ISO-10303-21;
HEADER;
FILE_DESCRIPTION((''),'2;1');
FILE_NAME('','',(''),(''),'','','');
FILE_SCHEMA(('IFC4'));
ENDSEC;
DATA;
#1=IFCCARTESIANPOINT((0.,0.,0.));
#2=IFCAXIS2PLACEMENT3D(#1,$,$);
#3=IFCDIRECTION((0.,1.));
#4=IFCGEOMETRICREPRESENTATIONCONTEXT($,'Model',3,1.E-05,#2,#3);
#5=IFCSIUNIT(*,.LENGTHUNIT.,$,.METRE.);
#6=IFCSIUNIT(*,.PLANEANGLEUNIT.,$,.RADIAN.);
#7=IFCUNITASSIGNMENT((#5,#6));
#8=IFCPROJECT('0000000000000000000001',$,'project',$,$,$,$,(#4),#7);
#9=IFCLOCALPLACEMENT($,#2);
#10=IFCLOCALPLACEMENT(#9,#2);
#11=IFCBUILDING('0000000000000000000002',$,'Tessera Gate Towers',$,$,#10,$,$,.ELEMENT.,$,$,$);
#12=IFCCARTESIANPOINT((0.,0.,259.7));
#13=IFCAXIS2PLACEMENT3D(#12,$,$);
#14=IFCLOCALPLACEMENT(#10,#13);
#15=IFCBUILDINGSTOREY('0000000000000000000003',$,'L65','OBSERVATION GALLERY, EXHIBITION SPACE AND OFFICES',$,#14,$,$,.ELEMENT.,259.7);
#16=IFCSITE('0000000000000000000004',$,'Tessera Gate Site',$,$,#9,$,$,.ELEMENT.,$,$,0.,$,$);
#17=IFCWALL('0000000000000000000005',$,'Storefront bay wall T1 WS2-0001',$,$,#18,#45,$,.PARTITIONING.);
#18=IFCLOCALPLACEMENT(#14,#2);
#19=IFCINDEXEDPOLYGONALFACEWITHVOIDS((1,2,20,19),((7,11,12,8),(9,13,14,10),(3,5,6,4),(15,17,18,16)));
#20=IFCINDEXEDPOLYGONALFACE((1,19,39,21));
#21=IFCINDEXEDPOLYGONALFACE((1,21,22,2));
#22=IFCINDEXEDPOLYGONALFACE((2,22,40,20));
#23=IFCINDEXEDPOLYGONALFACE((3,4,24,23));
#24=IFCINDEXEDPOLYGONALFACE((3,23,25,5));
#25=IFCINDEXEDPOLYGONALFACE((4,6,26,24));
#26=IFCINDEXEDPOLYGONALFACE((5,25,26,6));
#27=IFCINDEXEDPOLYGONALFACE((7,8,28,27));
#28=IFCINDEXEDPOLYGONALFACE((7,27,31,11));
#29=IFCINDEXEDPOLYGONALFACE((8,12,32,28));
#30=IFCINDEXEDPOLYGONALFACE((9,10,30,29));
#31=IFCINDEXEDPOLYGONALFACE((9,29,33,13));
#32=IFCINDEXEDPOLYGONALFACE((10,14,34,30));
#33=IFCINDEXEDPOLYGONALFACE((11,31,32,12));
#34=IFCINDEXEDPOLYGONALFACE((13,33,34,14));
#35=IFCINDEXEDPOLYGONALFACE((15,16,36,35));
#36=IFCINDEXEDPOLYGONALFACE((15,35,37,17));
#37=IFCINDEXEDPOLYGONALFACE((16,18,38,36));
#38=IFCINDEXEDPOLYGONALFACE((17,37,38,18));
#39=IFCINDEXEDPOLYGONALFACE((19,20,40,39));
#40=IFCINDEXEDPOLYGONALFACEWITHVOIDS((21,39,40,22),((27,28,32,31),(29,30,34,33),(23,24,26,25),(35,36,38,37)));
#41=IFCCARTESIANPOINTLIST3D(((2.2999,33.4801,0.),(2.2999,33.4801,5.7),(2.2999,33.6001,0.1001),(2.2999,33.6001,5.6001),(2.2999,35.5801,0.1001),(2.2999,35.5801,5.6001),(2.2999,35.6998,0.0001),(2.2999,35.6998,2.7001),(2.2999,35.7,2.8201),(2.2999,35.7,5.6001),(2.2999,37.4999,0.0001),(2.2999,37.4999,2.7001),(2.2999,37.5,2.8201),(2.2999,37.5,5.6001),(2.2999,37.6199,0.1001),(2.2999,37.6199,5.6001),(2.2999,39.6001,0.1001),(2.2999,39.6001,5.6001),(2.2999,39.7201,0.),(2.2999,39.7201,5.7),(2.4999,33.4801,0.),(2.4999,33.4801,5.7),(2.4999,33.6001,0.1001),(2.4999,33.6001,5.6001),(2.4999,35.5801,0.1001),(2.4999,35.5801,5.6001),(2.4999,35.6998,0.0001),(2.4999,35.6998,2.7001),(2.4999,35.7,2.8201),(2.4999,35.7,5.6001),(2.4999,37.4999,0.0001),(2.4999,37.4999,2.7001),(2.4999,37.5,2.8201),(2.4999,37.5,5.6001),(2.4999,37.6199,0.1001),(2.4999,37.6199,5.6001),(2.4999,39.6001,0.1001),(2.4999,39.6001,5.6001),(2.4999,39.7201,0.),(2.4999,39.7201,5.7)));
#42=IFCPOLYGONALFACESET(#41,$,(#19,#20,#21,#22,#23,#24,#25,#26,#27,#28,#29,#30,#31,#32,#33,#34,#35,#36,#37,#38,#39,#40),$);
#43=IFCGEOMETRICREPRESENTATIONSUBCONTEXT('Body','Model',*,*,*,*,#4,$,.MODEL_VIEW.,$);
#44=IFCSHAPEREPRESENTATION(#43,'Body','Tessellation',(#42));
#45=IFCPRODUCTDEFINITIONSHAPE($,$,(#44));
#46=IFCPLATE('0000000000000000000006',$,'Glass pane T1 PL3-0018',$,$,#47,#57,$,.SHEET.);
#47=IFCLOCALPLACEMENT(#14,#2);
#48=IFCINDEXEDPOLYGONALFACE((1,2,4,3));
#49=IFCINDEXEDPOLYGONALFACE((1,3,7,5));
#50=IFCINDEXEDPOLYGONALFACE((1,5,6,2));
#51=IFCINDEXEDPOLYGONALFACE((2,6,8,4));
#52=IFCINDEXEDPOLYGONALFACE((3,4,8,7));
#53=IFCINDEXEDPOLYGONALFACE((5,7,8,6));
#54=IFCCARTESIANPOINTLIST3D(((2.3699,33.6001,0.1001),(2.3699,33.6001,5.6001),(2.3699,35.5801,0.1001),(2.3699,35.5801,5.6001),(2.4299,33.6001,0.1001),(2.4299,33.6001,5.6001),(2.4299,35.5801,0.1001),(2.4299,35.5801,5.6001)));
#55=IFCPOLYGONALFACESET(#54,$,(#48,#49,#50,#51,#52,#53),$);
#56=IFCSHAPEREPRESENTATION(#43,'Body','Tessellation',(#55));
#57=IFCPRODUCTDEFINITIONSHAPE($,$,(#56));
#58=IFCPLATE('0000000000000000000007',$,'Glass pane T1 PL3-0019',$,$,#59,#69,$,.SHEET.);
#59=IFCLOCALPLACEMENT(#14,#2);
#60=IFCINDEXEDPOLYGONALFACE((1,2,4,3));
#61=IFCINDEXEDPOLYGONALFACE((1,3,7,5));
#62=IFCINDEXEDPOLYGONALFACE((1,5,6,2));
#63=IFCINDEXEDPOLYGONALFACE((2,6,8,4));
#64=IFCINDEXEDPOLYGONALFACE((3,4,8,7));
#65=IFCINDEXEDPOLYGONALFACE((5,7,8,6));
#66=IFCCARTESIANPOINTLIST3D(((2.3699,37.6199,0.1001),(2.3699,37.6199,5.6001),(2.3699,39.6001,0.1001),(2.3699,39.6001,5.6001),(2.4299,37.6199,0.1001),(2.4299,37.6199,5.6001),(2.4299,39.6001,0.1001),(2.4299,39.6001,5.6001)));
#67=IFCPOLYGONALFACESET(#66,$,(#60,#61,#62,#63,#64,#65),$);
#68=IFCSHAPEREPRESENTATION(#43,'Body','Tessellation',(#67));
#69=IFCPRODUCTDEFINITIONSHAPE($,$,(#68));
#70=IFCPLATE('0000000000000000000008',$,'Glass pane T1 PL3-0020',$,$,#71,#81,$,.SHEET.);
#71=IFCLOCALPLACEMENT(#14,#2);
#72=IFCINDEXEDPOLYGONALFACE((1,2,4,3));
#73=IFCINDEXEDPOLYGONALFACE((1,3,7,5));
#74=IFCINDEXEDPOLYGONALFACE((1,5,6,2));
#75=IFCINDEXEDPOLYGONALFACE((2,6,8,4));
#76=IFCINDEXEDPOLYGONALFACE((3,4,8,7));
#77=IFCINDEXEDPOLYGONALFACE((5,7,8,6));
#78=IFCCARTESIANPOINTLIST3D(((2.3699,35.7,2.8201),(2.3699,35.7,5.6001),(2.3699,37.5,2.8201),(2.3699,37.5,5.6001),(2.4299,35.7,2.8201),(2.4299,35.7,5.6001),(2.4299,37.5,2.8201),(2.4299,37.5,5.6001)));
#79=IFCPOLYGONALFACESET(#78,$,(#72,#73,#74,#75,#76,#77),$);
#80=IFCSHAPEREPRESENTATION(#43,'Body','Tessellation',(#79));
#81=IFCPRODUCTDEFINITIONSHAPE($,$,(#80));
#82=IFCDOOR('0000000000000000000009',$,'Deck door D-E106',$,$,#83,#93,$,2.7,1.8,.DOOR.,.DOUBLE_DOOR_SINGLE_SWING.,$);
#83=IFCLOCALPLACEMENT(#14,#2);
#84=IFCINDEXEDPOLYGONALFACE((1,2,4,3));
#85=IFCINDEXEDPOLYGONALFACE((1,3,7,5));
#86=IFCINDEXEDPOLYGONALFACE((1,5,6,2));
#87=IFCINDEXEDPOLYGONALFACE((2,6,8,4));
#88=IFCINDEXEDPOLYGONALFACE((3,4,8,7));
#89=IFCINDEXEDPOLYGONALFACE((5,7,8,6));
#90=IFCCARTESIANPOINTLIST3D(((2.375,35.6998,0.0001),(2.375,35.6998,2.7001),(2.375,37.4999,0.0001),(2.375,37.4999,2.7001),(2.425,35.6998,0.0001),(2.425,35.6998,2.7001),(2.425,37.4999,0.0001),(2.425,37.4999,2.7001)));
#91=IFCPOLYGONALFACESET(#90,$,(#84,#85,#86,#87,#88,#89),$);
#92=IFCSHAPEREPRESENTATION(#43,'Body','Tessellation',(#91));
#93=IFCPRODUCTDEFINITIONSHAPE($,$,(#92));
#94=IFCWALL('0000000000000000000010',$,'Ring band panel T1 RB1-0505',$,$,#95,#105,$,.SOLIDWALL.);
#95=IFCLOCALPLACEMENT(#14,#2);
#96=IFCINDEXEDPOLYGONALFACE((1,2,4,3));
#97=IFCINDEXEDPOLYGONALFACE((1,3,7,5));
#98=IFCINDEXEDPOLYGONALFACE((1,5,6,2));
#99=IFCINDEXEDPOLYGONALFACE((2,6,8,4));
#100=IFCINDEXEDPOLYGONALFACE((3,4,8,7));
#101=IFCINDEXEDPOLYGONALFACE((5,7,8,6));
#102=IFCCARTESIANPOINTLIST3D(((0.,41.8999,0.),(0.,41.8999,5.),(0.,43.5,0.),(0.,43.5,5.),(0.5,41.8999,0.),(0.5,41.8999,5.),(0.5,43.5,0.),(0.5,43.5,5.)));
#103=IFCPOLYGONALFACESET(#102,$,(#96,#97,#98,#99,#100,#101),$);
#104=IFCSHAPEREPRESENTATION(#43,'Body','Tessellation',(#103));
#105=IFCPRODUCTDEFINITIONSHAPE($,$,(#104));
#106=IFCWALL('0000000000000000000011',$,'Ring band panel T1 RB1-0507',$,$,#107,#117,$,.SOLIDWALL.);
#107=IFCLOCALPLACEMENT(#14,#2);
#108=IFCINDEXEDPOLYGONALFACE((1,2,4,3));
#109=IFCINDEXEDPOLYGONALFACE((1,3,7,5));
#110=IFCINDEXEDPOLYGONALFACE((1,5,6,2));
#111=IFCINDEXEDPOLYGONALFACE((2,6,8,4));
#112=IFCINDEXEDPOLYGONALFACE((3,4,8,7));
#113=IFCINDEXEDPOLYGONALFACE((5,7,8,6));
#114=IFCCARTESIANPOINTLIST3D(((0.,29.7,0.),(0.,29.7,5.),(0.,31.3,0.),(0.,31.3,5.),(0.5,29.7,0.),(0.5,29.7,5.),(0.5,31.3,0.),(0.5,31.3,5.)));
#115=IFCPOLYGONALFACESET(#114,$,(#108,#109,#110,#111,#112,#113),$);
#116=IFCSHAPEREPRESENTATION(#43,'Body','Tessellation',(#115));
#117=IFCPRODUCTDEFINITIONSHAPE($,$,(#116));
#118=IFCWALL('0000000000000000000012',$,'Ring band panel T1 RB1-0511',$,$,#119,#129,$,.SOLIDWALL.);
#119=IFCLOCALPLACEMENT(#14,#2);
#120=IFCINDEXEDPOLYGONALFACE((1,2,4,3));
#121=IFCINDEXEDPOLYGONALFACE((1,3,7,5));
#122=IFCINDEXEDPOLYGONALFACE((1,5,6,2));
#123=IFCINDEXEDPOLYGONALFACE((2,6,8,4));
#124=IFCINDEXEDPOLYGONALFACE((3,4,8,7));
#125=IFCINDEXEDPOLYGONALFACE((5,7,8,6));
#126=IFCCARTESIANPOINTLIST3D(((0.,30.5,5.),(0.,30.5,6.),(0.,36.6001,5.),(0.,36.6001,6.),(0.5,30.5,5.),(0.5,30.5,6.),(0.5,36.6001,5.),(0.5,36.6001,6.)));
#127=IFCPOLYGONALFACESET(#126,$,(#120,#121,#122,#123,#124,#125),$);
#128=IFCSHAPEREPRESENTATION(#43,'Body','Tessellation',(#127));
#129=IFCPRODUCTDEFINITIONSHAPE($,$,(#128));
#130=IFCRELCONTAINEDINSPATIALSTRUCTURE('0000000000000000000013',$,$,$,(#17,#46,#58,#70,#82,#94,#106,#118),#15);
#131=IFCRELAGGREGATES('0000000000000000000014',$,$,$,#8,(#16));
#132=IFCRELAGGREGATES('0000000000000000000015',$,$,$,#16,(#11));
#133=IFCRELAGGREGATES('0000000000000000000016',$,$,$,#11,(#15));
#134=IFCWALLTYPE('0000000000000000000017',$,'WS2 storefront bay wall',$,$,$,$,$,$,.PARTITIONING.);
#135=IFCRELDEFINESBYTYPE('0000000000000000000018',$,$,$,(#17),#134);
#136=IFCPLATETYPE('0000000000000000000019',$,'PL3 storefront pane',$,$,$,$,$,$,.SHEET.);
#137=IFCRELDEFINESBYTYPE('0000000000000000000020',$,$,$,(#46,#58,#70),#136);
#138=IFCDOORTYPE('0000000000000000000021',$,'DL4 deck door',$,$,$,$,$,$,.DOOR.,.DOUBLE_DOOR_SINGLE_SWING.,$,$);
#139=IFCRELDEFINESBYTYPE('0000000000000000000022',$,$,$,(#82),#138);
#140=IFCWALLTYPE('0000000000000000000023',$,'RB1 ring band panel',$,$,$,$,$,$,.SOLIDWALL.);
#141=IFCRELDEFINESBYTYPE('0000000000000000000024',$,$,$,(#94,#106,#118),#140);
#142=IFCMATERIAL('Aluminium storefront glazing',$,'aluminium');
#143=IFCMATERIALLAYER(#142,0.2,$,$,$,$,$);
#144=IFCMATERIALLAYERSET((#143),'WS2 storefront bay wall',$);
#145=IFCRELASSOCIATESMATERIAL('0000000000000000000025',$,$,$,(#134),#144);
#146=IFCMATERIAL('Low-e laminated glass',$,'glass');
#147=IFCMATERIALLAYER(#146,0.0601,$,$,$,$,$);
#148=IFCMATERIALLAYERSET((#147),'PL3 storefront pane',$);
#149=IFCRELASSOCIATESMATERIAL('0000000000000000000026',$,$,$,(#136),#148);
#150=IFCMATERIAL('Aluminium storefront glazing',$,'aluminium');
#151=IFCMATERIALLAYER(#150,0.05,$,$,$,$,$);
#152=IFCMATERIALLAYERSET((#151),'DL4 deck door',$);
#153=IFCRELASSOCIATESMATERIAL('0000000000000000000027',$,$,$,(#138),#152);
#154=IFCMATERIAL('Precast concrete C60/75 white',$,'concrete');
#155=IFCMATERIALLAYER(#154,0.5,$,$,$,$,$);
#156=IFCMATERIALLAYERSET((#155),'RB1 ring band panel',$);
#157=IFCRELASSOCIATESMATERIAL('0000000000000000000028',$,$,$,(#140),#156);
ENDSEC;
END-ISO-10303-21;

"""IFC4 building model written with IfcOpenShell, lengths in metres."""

from ifc_helpers import new_model, si_unit, direction, frame, frame_2d, origin, place, context, subcontext, project, spatial, polyline, rectangle, outline, extrude, source, transform, mapped, material, layer, layer_set, type_object, element, fill, save


model = new_model("IFC4")

# Units and contexts
model_context = context("Model", 3, precision=1e-05, world=origin(), true_north=direction((0.0, 1.0)))
body_context = subcontext(model_context, "Body", "Model", "MODEL_VIEW")
ifc_project = project(units=[si_unit("LENGTHUNIT", "METRE"), si_unit("PLANEANGLEUNIT", "RADIAN")], contexts=[model_context])

# Site, building, storey
site_placement = place(None, origin())
site = spatial("IfcSite", under=ifc_project, at=site_placement, Name="Tessera Gate Site", CompositionType="ELEMENT", RefElevation=0.0)
building_placement = place(site_placement, origin())
building = spatial("IfcBuilding", under=site, at=building_placement, Name="Tessera Gate Towers", CompositionType="ELEMENT")
storey_placement = place(building_placement, frame((0.0, 0.0, 259.7)))
storey = spatial("IfcBuildingStorey", under=building, at=storey_placement, Name="L65", Description="OBSERVATION GALLERY, EXHIBITION SPACE AND OFFICES", CompositionType="ELEMENT", Elevation=259.7)

# Wall, openings, plates, door
ifc_material_1 = material(Name="Aluminium storefront glazing", Category="aluminium")
ifc_layer_1 = layer(ifc_material_1, 0.2)
ifc_layer_set_1 = layer_set([ifc_layer_1], Name="WS2 storefront bay wall")
wall_type_1 = type_object("IfcWallType", Name="WS2 storefront bay wall", PredefinedType="PARTITIONING", material=ifc_layer_set_1)
wall_1_placement = place(storey_placement, frame((2.3999, 33.48, 0.0), z_axis=(0.0, 0.0, 1.0), x_axis=(0.0, 1.0, 0.0)))
wall_1 = element("IfcWall", 1, at=wall_1_placement, inside=storey, type_object=wall_type_1, Name="Storefront bay wall T1 WS2-0001", PredefinedType="PARTITIONING", context=body_context, shape_type="SweptSolid", body=[
    extrude(rectangle(XDim=6.24, YDim=0.2, at=frame_2d((3.1201, 0.0))), origin(), (0.0, 0.0, 1.0), 5.7),
])
shared_shape_1 = source(origin(), body_context, "Body", "SweptSolid", [
    extrude(rectangle(XDim=1.8, YDim=2.7, at=frame_2d((0.8999, 1.3501))), frame((0.0, 0.1099, 0.0), z_axis=(0.0, -1.0, 0.0), x_axis=(1.0, 0.0, 0.0)), (0.0, 0.0, 1.0), 0.22),
])
opening_1_placement = place(wall_1_placement, frame((2.22, 0.0, 0.0)))
opening_1 = element("IfcOpeningElement", 2, at=opening_1_placement, cuts=wall_1, PredefinedType="OPENING", context=body_context, shape_type="MappedRepresentation", body=[
    mapped(shared_shape_1, transform((0.0, 0.0, 0.0), scale=1.0)),
])
shared_shape_2 = source(origin(), body_context, "Body", "SweptSolid", [
    extrude(outline(polyline([(0.1201, 0.1001), (2.1001, 0.1001), (2.1001, 5.6001), (0.1201, 5.6001), (0.1201, 0.1001)])), frame((0.0, 0.1099, 0.0), z_axis=(0.0, -1.0, 0.0), x_axis=(1.0, 0.0, 0.0)), (0.0, 0.0, 1.0), 0.22),
])
opening_2_placement = place(wall_1_placement, origin())
opening_2 = element("IfcOpeningElement", 3, at=opening_2_placement, cuts=wall_1, PredefinedType="OPENING", context=body_context, shape_type="MappedRepresentation", body=[
    mapped(shared_shape_2, transform((0.0, 0.0, 0.0), scale=1.0)),
])
shared_shape_3 = source(origin(), body_context, "Body", "SweptSolid", [
    extrude(outline(polyline([(4.1399, 0.1001), (6.1201, 0.1001), (6.1201, 5.6001), (4.1399, 5.6001), (4.1399, 0.1001)])), frame((0.0, 0.1099, 0.0), z_axis=(0.0, -1.0, 0.0), x_axis=(1.0, 0.0, 0.0)), (0.0, 0.0, 1.0), 0.22),
])
opening_3_placement = place(wall_1_placement, origin())
opening_3 = element("IfcOpeningElement", 4, at=opening_3_placement, cuts=wall_1, PredefinedType="OPENING", context=body_context, shape_type="MappedRepresentation", body=[
    mapped(shared_shape_3, transform((0.0, 0.0, 0.0), scale=1.0)),
])
shared_shape_4 = source(origin(), body_context, "Body", "SweptSolid", [
    extrude(outline(polyline([(2.22, 2.8201), (4.02, 2.8201), (4.02, 5.6001), (2.22, 5.6001), (2.22, 2.8201)])), frame((0.0, 0.1099, 0.0), z_axis=(0.0, -1.0, 0.0), x_axis=(1.0, 0.0, 0.0)), (0.0, 0.0, 1.0), 0.22),
])
opening_4_placement = place(wall_1_placement, origin())
opening_4 = element("IfcOpeningElement", 5, at=opening_4_placement, cuts=wall_1, PredefinedType="OPENING", context=body_context, shape_type="MappedRepresentation", body=[
    mapped(shared_shape_4, transform((0.0, 0.0, 0.0), scale=1.0)),
])
ifc_material_2 = material(Name="Low-e laminated glass", Category="glass")
ifc_layer_2 = layer(ifc_material_2, 0.0601)
ifc_layer_set_2 = layer_set([ifc_layer_2], Name="PL3 storefront pane")
plate_type_1 = type_object("IfcPlateType", Name="PL3 storefront pane", PredefinedType="SHEET", material=ifc_layer_set_2)
shared_shape_5 = source(origin(), body_context, "Body", "SweptSolid", [
    extrude(outline(polyline([(0.1201, 0.1001), (2.1001, 0.1001), (2.1001, 5.6001), (0.1201, 5.6001), (0.1201, 0.1001)])), frame((0.0, 0.03, 0.0), z_axis=(0.0, -1.0, 0.0), x_axis=(1.0, 0.0, 0.0)), (0.0, 0.0, 1.0), 0.0601),
])
plate_1_placement = place(opening_2_placement, origin())
plate_1 = element("IfcPlate", 6, at=plate_1_placement, inside=storey, type_object=plate_type_1, Name="Glass pane T1 PL3-0018", PredefinedType="SHEET", context=body_context, shape_type="MappedRepresentation", body=[
    mapped(shared_shape_5, transform((0.0, 0.0, 0.0), scale=1.0)),
])
fill(opening_2, plate_1)
shared_shape_6 = source(origin(), body_context, "Body", "SweptSolid", [
    extrude(outline(polyline([(4.1399, 0.1001), (6.1201, 0.1001), (6.1201, 5.6001), (4.1399, 5.6001), (4.1399, 0.1001)])), frame((0.0, 0.03, 0.0), z_axis=(0.0, -1.0, 0.0), x_axis=(1.0, 0.0, 0.0)), (0.0, 0.0, 1.0), 0.0601),
])
plate_2_placement = place(opening_3_placement, origin())
plate_2 = element("IfcPlate", 7, at=plate_2_placement, inside=storey, type_object=plate_type_1, Name="Glass pane T1 PL3-0019", PredefinedType="SHEET", context=body_context, shape_type="MappedRepresentation", body=[
    mapped(shared_shape_6, transform((0.0, 0.0, 0.0), scale=1.0)),
])
fill(opening_3, plate_2)
shared_shape_7 = source(origin(), body_context, "Body", "SweptSolid", [
    extrude(outline(polyline([(2.22, 2.8201), (4.02, 2.8201), (4.02, 5.6001), (2.22, 5.6001), (2.22, 2.8201)])), frame((0.0, 0.03, 0.0), z_axis=(0.0, -1.0, 0.0), x_axis=(1.0, 0.0, 0.0)), (0.0, 0.0, 1.0), 0.0601),
])
plate_3_placement = place(opening_4_placement, origin())
plate_3 = element("IfcPlate", 8, at=plate_3_placement, inside=storey, type_object=plate_type_1, Name="Glass pane T1 PL3-0020", PredefinedType="SHEET", context=body_context, shape_type="MappedRepresentation", body=[
    mapped(shared_shape_7, transform((0.0, 0.0, 0.0), scale=1.0)),
])
fill(opening_4, plate_3)
ifc_material_3 = material(Name="Aluminium storefront glazing", Category="aluminium")
ifc_layer_3 = layer(ifc_material_3, 0.05)
ifc_layer_set_3 = layer_set([ifc_layer_3], Name="DL4 deck door")
door_type = type_object("IfcDoorType", Name="DL4 deck door", OperationType="DOUBLE_DOOR_SINGLE_SWING", PredefinedType="DOOR", material=ifc_layer_set_3)
shared_shape_8 = source(origin(), body_context, "Body", "SweptSolid", [
    extrude(rectangle(XDim=1.8, YDim=2.7, at=frame_2d((0.8999, 1.3501))), frame((0.0, 0.0249, 0.0), z_axis=(0.0, -1.0, 0.0), x_axis=(1.0, 0.0, 0.0)), (0.0, 0.0, 1.0), 0.05),
])
door_placement = place(opening_1_placement, origin())
door = element("IfcDoor", 9, at=door_placement, inside=storey, type_object=door_type, Name="Deck door D-E106", OperationType="DOUBLE_DOOR_SINGLE_SWING", OverallHeight=2.7, OverallWidth=1.8, PredefinedType="DOOR", context=body_context, shape_type="MappedRepresentation", body=[
    mapped(shared_shape_8, transform((0.0, 0.0, 0.0), scale=1.0)),
])
fill(opening_1, door)

# Walls
ifc_material_4 = material(Name="Precast concrete C60/75 white", Category="concrete")
ifc_layer_4 = layer(ifc_material_4, 0.5)
ifc_layer_set_4 = layer_set([ifc_layer_4], Name="RB1 ring band panel")
wall_type_2 = type_object("IfcWallType", Name="RB1 ring band panel", PredefinedType="SOLIDWALL", material=ifc_layer_set_4)
shared_shape_9 = source(origin(), body_context, "Body", "SweptSolid", [
    extrude(outline(polyline([(0.0, 0.0), (1.6001, 0.0), (1.6001, 5.0), (0.0, 5.0), (0.0, 0.0)])), frame((0.0, 0.25, 0.0), z_axis=(0.0, -1.0, 0.0), x_axis=(1.0, 0.0, 0.0)), (0.0, 0.0, 1.0), 0.5),
])
for number, where, z_axis, x_axis, name in (
    (10, (0.25, 43.5, 0.0), (0.0, 0.0, 1.0), (0.0, -1.0, 0.0), "Ring band panel T1 RB1-0505"),
    (11, (0.25, 31.3, 0.0), (0.0, 0.0, 1.0), (0.0, -1.0, 0.0), "Ring band panel T1 RB1-0507"),
):
    element("IfcWall", number, at=place(storey_placement, frame(where, z_axis=z_axis, x_axis=x_axis)), inside=storey, type_object=wall_type_2, Name=name, PredefinedType="SOLIDWALL", context=body_context, shape_type="MappedRepresentation", body=[
        mapped(shared_shape_9, transform((0.0, 0.0, 0.0), scale=1.0)),
    ])
shared_shape_10 = source(origin(), body_context, "Body", "SweptSolid", [
    extrude(outline(polyline([(0.0, 0.0), (6.1001, 0.0), (6.1001, 1.0), (0.0, 1.0), (0.0, 0.0)])), frame((0.0, 0.25, 0.0), z_axis=(0.0, -1.0, 0.0), x_axis=(1.0, 0.0, 0.0)), (0.0, 0.0, 1.0), 0.5),
])
wall_2_placement = place(storey_placement, frame((0.25, 36.6001, 5.0), z_axis=(0.0, 0.0, 1.0), x_axis=(0.0, -1.0, 0.0)))
element("IfcWall", 12, at=wall_2_placement, inside=storey, type_object=wall_type_2, Name="Ring band panel T1 RB1-0511", PredefinedType="SOLIDWALL", context=body_context, shape_type="MappedRepresentation", body=[
    mapped(shared_shape_10, transform((0.0, 0.0, 0.0), scale=1.0)),
])

save(model, "model.ifc")
